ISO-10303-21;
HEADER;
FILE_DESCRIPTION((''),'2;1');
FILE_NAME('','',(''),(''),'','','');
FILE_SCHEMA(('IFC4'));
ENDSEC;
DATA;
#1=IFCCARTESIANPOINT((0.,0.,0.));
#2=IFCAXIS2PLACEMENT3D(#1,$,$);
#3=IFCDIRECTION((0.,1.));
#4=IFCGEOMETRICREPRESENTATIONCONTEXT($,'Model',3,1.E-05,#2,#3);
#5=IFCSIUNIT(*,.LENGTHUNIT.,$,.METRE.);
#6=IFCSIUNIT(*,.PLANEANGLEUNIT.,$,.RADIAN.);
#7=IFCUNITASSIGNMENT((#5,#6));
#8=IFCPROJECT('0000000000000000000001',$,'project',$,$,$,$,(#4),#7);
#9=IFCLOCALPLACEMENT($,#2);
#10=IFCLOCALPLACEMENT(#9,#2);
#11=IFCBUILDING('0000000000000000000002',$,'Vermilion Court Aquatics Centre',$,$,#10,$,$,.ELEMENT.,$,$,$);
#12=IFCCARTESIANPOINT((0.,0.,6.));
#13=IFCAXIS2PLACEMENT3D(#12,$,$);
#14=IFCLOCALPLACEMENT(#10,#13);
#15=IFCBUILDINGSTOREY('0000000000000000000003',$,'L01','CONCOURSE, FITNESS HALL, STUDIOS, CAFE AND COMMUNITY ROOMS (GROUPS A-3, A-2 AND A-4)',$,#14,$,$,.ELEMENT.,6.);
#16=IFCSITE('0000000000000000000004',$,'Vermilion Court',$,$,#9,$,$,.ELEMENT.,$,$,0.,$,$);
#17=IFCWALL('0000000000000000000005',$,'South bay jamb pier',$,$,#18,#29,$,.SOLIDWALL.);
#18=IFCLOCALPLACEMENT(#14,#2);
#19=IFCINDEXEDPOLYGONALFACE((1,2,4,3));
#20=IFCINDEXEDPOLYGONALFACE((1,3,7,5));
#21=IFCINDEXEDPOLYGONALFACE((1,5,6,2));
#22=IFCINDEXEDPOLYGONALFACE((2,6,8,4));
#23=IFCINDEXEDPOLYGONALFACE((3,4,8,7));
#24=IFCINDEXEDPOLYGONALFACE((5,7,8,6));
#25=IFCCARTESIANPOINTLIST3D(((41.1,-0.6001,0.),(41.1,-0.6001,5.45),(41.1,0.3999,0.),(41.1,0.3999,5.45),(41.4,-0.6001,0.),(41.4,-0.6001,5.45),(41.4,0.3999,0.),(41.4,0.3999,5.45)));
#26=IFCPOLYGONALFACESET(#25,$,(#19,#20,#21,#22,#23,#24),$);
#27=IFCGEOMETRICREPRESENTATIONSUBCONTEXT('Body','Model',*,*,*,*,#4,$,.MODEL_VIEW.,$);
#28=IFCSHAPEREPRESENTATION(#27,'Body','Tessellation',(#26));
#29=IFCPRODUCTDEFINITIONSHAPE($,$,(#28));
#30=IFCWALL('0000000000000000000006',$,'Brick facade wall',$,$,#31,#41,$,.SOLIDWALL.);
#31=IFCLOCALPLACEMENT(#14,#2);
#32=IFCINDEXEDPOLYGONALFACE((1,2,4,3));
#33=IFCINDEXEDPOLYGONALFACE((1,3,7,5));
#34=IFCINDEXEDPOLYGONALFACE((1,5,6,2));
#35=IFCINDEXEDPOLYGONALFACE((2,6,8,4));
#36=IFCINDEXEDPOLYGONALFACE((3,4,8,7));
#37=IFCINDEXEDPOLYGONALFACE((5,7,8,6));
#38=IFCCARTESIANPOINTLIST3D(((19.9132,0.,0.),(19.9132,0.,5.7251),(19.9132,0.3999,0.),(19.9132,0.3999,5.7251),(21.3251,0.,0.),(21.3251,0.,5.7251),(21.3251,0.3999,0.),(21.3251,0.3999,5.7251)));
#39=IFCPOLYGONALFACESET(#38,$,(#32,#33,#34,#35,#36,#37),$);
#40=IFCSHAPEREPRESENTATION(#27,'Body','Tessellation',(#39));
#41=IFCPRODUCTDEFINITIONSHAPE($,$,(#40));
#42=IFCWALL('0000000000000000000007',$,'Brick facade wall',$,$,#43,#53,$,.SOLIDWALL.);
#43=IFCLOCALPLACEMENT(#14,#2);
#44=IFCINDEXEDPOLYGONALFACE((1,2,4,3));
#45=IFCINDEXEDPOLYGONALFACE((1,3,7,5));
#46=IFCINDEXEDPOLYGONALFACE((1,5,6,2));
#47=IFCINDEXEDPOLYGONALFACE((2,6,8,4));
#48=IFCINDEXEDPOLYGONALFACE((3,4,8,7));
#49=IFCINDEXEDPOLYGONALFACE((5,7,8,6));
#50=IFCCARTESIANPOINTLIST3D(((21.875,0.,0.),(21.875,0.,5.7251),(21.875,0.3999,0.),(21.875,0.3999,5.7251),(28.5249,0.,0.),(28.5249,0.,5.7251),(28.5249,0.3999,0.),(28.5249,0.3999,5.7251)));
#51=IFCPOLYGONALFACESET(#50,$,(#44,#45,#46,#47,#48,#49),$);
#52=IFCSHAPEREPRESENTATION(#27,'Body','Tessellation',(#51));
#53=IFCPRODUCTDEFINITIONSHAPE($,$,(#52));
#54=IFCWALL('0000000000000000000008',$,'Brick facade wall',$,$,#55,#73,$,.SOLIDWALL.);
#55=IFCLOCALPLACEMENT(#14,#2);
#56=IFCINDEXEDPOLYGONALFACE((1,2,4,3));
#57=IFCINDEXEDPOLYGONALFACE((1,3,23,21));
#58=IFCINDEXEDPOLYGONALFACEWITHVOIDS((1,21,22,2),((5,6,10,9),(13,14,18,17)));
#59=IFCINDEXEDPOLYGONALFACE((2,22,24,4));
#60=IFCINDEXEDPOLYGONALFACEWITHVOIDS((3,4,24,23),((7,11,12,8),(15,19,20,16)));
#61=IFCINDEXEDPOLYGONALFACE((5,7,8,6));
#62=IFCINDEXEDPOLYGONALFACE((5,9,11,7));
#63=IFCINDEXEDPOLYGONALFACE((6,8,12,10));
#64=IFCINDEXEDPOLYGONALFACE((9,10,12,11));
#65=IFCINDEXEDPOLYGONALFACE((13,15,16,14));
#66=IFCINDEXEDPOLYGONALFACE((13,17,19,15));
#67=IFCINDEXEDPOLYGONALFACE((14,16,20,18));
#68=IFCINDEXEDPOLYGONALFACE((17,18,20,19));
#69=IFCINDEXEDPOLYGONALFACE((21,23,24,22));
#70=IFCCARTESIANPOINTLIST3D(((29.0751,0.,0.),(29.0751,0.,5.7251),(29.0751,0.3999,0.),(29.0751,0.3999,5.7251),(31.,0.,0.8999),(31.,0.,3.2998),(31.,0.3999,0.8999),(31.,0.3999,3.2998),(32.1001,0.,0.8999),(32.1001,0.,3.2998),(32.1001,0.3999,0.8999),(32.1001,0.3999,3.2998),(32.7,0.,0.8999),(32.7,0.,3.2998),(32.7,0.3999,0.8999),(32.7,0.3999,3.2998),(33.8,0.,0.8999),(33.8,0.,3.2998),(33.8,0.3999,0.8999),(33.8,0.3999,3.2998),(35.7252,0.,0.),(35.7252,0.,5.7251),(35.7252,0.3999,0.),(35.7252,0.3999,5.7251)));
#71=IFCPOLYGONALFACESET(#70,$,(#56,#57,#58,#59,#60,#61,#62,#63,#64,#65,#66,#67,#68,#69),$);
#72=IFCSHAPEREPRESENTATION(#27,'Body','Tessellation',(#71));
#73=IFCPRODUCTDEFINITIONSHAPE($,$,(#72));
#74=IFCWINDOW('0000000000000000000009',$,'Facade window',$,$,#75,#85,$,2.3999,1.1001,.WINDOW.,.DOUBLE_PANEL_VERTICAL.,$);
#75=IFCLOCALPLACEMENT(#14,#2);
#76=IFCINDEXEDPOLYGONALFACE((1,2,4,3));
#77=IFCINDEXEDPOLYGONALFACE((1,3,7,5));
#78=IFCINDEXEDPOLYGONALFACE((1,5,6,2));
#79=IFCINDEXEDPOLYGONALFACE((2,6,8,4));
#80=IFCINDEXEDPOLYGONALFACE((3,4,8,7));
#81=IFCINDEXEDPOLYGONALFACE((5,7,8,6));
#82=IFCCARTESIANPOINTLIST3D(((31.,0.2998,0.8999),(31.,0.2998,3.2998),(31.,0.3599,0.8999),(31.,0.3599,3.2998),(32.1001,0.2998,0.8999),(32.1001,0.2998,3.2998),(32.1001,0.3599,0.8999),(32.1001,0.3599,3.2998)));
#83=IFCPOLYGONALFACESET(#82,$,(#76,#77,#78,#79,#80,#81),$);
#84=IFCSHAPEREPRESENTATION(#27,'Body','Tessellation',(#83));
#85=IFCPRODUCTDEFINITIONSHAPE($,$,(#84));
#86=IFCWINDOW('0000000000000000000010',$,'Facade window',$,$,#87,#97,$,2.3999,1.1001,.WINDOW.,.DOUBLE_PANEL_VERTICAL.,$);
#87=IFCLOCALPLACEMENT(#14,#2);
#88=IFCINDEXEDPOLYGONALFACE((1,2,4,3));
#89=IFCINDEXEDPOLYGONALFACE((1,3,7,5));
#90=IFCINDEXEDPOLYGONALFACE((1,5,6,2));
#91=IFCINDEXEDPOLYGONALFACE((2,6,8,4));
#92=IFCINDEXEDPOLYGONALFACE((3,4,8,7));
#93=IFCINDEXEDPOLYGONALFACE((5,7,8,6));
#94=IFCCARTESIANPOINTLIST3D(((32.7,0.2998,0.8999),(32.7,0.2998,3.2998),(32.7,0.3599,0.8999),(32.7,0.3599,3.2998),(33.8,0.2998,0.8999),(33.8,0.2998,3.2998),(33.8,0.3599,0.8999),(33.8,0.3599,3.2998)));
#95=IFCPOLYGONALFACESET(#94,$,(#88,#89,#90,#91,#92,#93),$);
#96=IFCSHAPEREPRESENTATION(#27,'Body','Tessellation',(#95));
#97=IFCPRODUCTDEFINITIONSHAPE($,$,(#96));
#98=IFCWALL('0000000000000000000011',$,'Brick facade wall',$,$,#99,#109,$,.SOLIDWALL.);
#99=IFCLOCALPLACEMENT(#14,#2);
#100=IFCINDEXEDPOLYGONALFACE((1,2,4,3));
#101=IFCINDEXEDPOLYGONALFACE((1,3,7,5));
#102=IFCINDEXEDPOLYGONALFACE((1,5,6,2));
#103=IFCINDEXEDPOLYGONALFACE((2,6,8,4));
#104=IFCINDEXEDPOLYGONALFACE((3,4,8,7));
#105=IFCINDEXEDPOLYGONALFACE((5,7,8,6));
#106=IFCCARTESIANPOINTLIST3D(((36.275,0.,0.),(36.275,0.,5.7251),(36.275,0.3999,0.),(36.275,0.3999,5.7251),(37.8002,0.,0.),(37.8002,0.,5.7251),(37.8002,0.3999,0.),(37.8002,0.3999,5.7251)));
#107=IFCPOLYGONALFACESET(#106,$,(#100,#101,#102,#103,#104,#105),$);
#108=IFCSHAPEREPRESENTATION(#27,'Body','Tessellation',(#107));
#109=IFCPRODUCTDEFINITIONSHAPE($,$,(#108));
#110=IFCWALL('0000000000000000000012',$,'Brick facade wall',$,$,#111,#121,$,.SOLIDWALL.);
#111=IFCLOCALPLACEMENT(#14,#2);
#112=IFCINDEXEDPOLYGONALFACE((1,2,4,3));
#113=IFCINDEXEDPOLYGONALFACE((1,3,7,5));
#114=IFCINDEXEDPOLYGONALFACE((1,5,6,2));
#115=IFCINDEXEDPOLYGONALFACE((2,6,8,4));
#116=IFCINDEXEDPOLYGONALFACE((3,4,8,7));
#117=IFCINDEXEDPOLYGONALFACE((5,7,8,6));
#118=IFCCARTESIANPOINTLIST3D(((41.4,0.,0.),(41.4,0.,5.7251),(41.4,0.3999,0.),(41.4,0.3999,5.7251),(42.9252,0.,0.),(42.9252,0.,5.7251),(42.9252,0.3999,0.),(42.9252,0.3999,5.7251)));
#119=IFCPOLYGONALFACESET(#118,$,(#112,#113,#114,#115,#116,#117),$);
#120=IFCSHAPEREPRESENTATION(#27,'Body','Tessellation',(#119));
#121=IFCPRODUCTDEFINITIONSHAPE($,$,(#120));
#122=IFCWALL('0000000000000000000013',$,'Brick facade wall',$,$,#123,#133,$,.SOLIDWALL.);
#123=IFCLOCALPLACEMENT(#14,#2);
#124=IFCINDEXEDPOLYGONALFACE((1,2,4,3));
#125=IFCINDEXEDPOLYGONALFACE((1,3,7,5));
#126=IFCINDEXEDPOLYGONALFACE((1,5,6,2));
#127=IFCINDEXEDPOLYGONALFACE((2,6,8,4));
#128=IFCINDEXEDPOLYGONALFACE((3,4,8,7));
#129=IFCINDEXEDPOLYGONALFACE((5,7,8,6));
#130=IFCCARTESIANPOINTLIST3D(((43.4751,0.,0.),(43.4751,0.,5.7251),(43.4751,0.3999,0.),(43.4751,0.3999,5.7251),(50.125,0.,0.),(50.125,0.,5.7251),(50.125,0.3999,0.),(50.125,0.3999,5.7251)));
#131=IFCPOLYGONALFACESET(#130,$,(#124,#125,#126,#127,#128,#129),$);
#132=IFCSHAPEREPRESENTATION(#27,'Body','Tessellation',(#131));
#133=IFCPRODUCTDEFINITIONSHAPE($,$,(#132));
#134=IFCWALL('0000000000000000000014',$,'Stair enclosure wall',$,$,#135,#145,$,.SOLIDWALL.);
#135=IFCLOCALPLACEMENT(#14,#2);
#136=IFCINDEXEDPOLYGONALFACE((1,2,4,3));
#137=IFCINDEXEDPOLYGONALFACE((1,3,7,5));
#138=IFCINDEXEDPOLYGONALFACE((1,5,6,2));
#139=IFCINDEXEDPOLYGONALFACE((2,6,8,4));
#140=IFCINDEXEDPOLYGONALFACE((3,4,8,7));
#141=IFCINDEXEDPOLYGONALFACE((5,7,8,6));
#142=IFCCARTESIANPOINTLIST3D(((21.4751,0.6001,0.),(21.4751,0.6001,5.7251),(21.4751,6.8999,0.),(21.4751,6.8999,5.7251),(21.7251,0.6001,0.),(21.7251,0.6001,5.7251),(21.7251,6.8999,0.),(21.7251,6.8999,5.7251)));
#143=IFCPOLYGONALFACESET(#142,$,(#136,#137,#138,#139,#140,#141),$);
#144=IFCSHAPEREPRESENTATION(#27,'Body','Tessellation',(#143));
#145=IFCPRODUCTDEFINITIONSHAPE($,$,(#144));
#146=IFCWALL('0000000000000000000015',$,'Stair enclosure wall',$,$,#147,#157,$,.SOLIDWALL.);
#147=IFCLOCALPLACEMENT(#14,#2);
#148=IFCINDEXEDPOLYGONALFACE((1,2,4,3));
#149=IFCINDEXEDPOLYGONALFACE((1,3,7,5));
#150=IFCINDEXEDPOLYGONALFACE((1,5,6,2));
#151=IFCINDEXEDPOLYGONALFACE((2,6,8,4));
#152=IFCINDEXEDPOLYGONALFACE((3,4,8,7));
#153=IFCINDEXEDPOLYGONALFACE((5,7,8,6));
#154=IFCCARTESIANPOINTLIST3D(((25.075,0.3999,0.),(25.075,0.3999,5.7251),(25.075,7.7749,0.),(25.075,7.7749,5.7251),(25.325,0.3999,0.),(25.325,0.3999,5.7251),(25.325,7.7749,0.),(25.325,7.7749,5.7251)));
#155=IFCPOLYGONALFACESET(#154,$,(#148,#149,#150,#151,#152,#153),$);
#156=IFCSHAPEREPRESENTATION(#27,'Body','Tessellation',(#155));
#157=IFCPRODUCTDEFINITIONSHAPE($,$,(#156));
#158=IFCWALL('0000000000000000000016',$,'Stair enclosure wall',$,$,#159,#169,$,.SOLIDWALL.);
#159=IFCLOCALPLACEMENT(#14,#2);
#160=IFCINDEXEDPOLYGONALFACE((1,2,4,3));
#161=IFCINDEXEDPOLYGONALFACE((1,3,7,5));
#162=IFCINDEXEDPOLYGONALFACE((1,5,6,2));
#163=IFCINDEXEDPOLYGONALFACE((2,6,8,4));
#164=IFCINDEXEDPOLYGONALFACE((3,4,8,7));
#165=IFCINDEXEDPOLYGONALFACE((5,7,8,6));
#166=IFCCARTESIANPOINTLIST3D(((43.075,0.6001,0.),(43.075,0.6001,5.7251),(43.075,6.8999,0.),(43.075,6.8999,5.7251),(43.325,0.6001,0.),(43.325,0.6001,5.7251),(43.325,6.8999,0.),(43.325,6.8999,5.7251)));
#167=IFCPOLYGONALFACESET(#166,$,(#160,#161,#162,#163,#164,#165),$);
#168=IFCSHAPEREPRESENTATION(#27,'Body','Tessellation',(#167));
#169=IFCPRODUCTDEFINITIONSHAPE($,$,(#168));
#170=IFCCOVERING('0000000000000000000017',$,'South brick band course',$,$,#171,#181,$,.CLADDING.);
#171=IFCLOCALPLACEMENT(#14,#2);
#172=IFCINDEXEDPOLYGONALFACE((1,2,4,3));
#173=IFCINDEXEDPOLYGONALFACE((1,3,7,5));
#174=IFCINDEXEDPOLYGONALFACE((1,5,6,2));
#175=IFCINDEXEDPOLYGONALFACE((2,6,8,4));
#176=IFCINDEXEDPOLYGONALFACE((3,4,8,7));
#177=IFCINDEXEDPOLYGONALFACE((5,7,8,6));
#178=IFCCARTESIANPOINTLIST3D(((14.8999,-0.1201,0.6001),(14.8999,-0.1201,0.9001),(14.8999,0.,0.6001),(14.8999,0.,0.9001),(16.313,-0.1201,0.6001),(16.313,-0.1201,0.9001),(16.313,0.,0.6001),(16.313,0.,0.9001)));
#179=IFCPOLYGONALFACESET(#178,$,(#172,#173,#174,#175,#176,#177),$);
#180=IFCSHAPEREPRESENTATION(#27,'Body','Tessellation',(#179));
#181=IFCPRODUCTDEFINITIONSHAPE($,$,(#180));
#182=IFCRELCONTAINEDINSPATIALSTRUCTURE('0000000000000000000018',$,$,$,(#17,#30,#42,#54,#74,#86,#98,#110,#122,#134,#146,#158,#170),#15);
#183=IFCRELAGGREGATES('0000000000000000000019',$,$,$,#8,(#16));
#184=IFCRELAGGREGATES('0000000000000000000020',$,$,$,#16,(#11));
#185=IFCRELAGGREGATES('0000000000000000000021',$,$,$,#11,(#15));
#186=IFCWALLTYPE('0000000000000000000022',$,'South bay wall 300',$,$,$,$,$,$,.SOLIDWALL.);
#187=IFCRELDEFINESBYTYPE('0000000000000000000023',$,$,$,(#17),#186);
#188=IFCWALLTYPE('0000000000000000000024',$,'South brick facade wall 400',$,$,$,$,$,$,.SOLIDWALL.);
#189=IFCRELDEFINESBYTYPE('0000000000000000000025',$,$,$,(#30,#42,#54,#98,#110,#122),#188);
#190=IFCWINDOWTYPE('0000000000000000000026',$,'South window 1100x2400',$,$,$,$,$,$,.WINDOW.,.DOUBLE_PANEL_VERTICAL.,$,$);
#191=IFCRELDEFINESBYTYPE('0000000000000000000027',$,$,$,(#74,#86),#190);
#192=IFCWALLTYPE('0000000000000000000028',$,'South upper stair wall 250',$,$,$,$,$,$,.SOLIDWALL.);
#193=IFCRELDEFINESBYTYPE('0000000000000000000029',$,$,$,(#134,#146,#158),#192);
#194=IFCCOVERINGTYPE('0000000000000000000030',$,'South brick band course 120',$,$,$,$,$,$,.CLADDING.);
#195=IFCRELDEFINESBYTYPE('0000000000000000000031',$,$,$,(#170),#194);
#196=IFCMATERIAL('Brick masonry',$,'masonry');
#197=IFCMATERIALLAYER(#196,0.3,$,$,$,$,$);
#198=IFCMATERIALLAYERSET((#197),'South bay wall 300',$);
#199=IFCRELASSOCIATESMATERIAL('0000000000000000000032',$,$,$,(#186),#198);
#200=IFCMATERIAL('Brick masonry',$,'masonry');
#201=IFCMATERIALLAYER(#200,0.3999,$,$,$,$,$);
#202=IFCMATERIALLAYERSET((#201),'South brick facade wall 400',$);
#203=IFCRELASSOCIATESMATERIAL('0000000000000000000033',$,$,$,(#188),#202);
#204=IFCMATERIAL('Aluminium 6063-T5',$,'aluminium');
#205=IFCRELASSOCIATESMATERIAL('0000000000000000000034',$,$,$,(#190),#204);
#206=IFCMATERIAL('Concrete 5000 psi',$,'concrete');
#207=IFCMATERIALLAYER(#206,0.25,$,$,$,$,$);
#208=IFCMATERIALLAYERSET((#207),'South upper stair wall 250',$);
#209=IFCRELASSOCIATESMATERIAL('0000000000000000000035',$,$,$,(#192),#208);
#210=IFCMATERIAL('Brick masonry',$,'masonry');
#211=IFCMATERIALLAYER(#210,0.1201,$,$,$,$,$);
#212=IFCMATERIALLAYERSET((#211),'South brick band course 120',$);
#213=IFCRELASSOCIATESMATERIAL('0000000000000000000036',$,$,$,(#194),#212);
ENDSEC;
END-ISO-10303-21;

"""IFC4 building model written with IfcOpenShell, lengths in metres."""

from ifc_helpers import new_model, si_unit, direction, frame, frame_2d, origin, origin_2d, place, context, subcontext, project, spatial, rectangle, extrude, material, layer, layer_set, type_object, element, fill, save


model = new_model("IFC4")

# Units and contexts
model_context = context("Model", 3, precision=1e-05, world=origin(), true_north=direction((0.0, 1.0)))
body_context = subcontext(model_context, "Body", "Model", "MODEL_VIEW")
ifc_project = project(units=[si_unit("LENGTHUNIT", "METRE"), si_unit("PLANEANGLEUNIT", "RADIAN")], contexts=[model_context])

# Site, building, storey
site_placement = place(None, origin())
site = spatial("IfcSite", under=ifc_project, at=site_placement, Name="Vermilion Court", CompositionType="ELEMENT", RefElevation=0.0)
building_placement = place(site_placement, origin())
building = spatial("IfcBuilding", under=site, at=building_placement, Name="Vermilion Court Aquatics Centre", CompositionType="ELEMENT")
storey_placement = place(building_placement, frame((0.0, 0.0, 6.0)))
storey = spatial("IfcBuildingStorey", under=building, at=storey_placement, Name="L01", Description="CONCOURSE, FITNESS HALL, STUDIOS, CAFE AND COMMUNITY ROOMS (GROUPS A-3, A-2 AND A-4)", CompositionType="ELEMENT", Elevation=6.0)

# Shared definitions
ifc_material_1 = material(Name="Brick masonry", Category="masonry")
ifc_layer_1 = layer(ifc_material_1, 0.3)
ifc_layer_set_1 = layer_set([ifc_layer_1], Name="South bay wall 300")
wall_type_1 = type_object("IfcWallType", Name="South bay wall 300", PredefinedType="SOLIDWALL", material=ifc_layer_set_1)

# Walls
for number, where, z_axis, x_axis, name in (
    (1, (41.25, -0.6001, 0.0), (0.0, 0.0, 1.0), (0.0, 1.0, 0.0), "South bay jamb pier"),
):
    element("IfcWall", number, at=place(storey_placement, frame(where, z_axis=z_axis, x_axis=x_axis)), inside=storey, type_object=wall_type_1, Name=name, PredefinedType="SOLIDWALL", context=body_context, shape_type="SweptSolid", body=[
        extrude(rectangle(XDim=1.0, YDim=0.3, at=frame_2d((0.5, 0.0))), origin(), (0.0, 0.0, 1.0), 5.45),
    ])
ifc_material_2 = material(Name="Brick masonry", Category="masonry")
ifc_layer_2 = layer(ifc_material_2, 0.3999)
ifc_layer_set_2 = layer_set([ifc_layer_2], Name="South brick facade wall 400")
wall_type_2 = type_object("IfcWallType", Name="South brick facade wall 400", PredefinedType="SOLIDWALL", material=ifc_layer_set_2)
wall_1_placement = place(storey_placement, frame((19.9131, 0.2, 0.0), z_axis=(0.0, 0.0, 1.0), x_axis=(1.0, 0.0, 0.0)))
element("IfcWall", 2, at=wall_1_placement, inside=storey, type_object=wall_type_2, Name="Brick facade wall", PredefinedType="SOLIDWALL", context=body_context, shape_type="SweptSolid", body=[
    extrude(rectangle(XDim=1.4119, YDim=0.3999, at=frame_2d((0.7061, 0.0))), origin(), (0.0, 0.0, 1.0), 5.7251),
])
wall_2_placement = place(storey_placement, frame((21.875, 0.2, 0.0), z_axis=(0.0, 0.0, 1.0), x_axis=(1.0, 0.0, 0.0)))
element("IfcWall", 3, at=wall_2_placement, inside=storey, type_object=wall_type_2, Name="Brick facade wall", PredefinedType="SOLIDWALL", context=body_context, shape_type="SweptSolid", body=[
    extrude(rectangle(XDim=6.6499, YDim=0.3999, at=frame_2d((3.325, 0.0))), origin(), (0.0, 0.0, 1.0), 5.7251),
])

# Wall, openings, windows
wall_3_placement = place(storey_placement, frame((29.075, 0.2, 0.0), z_axis=(0.0, 0.0, 1.0), x_axis=(1.0, 0.0, 0.0)))
wall_3 = element("IfcWall", 4, at=wall_3_placement, inside=storey, type_object=wall_type_2, Name="Brick facade wall", PredefinedType="SOLIDWALL", context=body_context, shape_type="SweptSolid", body=[
    extrude(rectangle(XDim=6.6501, YDim=0.3999, at=frame_2d((3.3252, 0.0))), origin(), (0.0, 0.0, 1.0), 5.7251),
])
opening_1_placement = place(wall_3_placement, frame((1.925, 0.0, 0.8999)))
opening_1 = element("IfcOpeningElement", 5, at=opening_1_placement, cuts=wall_3, PredefinedType="OPENING", context=body_context, shape_type="SweptSolid", body=[
    extrude(rectangle(XDim=1.1001, YDim=2.3999, at=frame_2d((0.55, 1.2))), frame((0.0, 0.21, 0.0), z_axis=(0.0, -1.0, 0.0), x_axis=(1.0, 0.0, 0.0)), (0.0, 0.0, 1.0), 0.4199),
])
opening_2_placement = place(wall_3_placement, frame((3.625, 0.0, 0.8999)))
opening_2 = element("IfcOpeningElement", 6, at=opening_2_placement, cuts=wall_3, PredefinedType="OPENING", context=body_context, shape_type="SweptSolid", body=[
    extrude(rectangle(XDim=1.1001, YDim=2.3999, at=frame_2d((0.55, 1.2))), frame((0.0, 0.21, 0.0), z_axis=(0.0, -1.0, 0.0), x_axis=(1.0, 0.0, 0.0)), (0.0, 0.0, 1.0), 0.4199),
])
ifc_material_3 = material(Name="Aluminium 6063-T5", Category="aluminium")
window_type_1 = type_object("IfcWindowType", Name="South window 1100x2400", PartitioningType="DOUBLE_PANEL_VERTICAL", PredefinedType="WINDOW", material=ifc_material_3)
window_1_placement = place(opening_1_placement, origin())
window_1 = element("IfcWindow", 7, at=window_1_placement, inside=storey, type_object=window_type_1, Name="Facade window", OverallHeight=2.3999, OverallWidth=1.1001, PartitioningType="DOUBLE_PANEL_VERTICAL", PredefinedType="WINDOW", context=body_context, shape_type="SweptSolid", body=[
    extrude(rectangle(XDim=1.1001, YDim=2.3999, at=frame_2d((0.55, 1.2))), frame((0.0, 0.1599, 0.0), z_axis=(0.0, -1.0, 0.0), x_axis=(1.0, 0.0, 0.0)), (0.0, 0.0, 1.0), 0.0601),
])
fill(opening_1, window_1)
window_2_placement = place(opening_2_placement, origin())
window_2 = element("IfcWindow", 8, at=window_2_placement, inside=storey, type_object=window_type_1, Name="Facade window", OverallHeight=2.3999, OverallWidth=1.1001, PartitioningType="DOUBLE_PANEL_VERTICAL", PredefinedType="WINDOW", context=body_context, shape_type="SweptSolid", body=[
    extrude(rectangle(XDim=1.1001, YDim=2.3999, at=frame_2d((0.55, 1.2))), frame((0.0, 0.1599, 0.0), z_axis=(0.0, -1.0, 0.0), x_axis=(1.0, 0.0, 0.0)), (0.0, 0.0, 1.0), 0.0601),
])
fill(opening_2, window_2)

# Walls
for number, where, z_axis, x_axis, name in (
    (9, (36.2749, 0.2, 0.0), (0.0, 0.0, 1.0), (1.0, 0.0, 0.0), "Brick facade wall"),
    (10, (41.3999, 0.2, 0.0), (0.0, 0.0, 1.0), (1.0, 0.0, 0.0), "Brick facade wall"),
):
    element("IfcWall", number, at=place(storey_placement, frame(where, z_axis=z_axis, x_axis=x_axis)), inside=storey, type_object=wall_type_2, Name=name, PredefinedType="SOLIDWALL", context=body_context, shape_type="SweptSolid", body=[
        extrude(rectangle(XDim=1.5251, YDim=0.3999, at=frame_2d((0.7627, 0.0))), origin(), (0.0, 0.0, 1.0), 5.7251),
    ])
wall_4_placement = place(storey_placement, frame((43.4751, 0.2, 0.0), z_axis=(0.0, 0.0, 1.0), x_axis=(1.0, 0.0, 0.0)))
element("IfcWall", 11, at=wall_4_placement, inside=storey, type_object=wall_type_2, Name="Brick facade wall", PredefinedType="SOLIDWALL", context=body_context, shape_type="SweptSolid", body=[
    extrude(rectangle(XDim=6.6499, YDim=0.3999, at=frame_2d((3.325, 0.0))), origin(), (0.0, 0.0, 1.0), 5.7251),
])
ifc_material_4 = material(Name="Concrete 5000 psi", Category="concrete")
ifc_layer_3 = layer(ifc_material_4, 0.25)
ifc_layer_set_3 = layer_set([ifc_layer_3], Name="South upper stair wall 250")
wall_type_3 = type_object("IfcWallType", Name="South upper stair wall 250", PredefinedType="SOLIDWALL", material=ifc_layer_set_3)
wall_5_placement = place(storey_placement, frame((21.6001, 0.6001, 0.0), z_axis=(0.0, 0.0, 1.0), x_axis=(0.0, 1.0, 0.0)))
element("IfcWall", 12, at=wall_5_placement, inside=storey, type_object=wall_type_3, Name="Stair enclosure wall", PredefinedType="SOLIDWALL", context=body_context, shape_type="SweptSolid", body=[
    extrude(rectangle(XDim=6.2998, YDim=0.25, at=frame_2d((3.1499, 0.0))), origin(), (0.0, 0.0, 1.0), 5.7251),
])
wall_6_placement = place(storey_placement, frame((25.2, 0.3999, 0.0), z_axis=(0.0, 0.0, 1.0), x_axis=(0.0, 1.0, 0.0)))
element("IfcWall", 13, at=wall_6_placement, inside=storey, type_object=wall_type_3, Name="Stair enclosure wall", PredefinedType="SOLIDWALL", context=body_context, shape_type="SweptSolid", body=[
    extrude(rectangle(XDim=7.375, YDim=0.25, at=frame_2d((3.6875, 0.0))), origin(), (0.0, 0.0, 1.0), 5.7251),
])
wall_7_placement = place(storey_placement, frame((43.2, 0.6001, 0.0), z_axis=(0.0, 0.0, 1.0), x_axis=(0.0, 1.0, 0.0)))
element("IfcWall", 14, at=wall_7_placement, inside=storey, type_object=wall_type_3, Name="Stair enclosure wall", PredefinedType="SOLIDWALL", context=body_context, shape_type="SweptSolid", body=[
    extrude(rectangle(XDim=6.2998, YDim=0.25, at=frame_2d((3.1499, 0.0))), origin(), (0.0, 0.0, 1.0), 5.7251),
])

# Covering
ifc_material_5 = material(Name="Brick masonry", Category="masonry")
ifc_layer_4 = layer(ifc_material_5, 0.1201)
ifc_layer_set_4 = layer_set([ifc_layer_4], Name="South brick band course 120")
covering_type = type_object("IfcCoveringType", Name="South brick band course 120", PredefinedType="CLADDING", material=ifc_layer_set_4)
covering_1_placement = place(storey_placement, frame((15.6064, -0.0601, 0.6001), z_axis=(0.0, 0.0, 1.0), x_axis=(1.0, 0.0, 0.0)))
element("IfcCovering", 15, at=covering_1_placement, inside=storey, type_object=covering_type, Name="South brick band course", PredefinedType="CLADDING", context=body_context, shape_type="SweptSolid", body=[
    extrude(rectangle(XDim=1.4131, YDim=0.1201, at=origin_2d()), origin(), (0.0, 0.0, 1.0), 0.3),
])

save(model, "model.ifc")
